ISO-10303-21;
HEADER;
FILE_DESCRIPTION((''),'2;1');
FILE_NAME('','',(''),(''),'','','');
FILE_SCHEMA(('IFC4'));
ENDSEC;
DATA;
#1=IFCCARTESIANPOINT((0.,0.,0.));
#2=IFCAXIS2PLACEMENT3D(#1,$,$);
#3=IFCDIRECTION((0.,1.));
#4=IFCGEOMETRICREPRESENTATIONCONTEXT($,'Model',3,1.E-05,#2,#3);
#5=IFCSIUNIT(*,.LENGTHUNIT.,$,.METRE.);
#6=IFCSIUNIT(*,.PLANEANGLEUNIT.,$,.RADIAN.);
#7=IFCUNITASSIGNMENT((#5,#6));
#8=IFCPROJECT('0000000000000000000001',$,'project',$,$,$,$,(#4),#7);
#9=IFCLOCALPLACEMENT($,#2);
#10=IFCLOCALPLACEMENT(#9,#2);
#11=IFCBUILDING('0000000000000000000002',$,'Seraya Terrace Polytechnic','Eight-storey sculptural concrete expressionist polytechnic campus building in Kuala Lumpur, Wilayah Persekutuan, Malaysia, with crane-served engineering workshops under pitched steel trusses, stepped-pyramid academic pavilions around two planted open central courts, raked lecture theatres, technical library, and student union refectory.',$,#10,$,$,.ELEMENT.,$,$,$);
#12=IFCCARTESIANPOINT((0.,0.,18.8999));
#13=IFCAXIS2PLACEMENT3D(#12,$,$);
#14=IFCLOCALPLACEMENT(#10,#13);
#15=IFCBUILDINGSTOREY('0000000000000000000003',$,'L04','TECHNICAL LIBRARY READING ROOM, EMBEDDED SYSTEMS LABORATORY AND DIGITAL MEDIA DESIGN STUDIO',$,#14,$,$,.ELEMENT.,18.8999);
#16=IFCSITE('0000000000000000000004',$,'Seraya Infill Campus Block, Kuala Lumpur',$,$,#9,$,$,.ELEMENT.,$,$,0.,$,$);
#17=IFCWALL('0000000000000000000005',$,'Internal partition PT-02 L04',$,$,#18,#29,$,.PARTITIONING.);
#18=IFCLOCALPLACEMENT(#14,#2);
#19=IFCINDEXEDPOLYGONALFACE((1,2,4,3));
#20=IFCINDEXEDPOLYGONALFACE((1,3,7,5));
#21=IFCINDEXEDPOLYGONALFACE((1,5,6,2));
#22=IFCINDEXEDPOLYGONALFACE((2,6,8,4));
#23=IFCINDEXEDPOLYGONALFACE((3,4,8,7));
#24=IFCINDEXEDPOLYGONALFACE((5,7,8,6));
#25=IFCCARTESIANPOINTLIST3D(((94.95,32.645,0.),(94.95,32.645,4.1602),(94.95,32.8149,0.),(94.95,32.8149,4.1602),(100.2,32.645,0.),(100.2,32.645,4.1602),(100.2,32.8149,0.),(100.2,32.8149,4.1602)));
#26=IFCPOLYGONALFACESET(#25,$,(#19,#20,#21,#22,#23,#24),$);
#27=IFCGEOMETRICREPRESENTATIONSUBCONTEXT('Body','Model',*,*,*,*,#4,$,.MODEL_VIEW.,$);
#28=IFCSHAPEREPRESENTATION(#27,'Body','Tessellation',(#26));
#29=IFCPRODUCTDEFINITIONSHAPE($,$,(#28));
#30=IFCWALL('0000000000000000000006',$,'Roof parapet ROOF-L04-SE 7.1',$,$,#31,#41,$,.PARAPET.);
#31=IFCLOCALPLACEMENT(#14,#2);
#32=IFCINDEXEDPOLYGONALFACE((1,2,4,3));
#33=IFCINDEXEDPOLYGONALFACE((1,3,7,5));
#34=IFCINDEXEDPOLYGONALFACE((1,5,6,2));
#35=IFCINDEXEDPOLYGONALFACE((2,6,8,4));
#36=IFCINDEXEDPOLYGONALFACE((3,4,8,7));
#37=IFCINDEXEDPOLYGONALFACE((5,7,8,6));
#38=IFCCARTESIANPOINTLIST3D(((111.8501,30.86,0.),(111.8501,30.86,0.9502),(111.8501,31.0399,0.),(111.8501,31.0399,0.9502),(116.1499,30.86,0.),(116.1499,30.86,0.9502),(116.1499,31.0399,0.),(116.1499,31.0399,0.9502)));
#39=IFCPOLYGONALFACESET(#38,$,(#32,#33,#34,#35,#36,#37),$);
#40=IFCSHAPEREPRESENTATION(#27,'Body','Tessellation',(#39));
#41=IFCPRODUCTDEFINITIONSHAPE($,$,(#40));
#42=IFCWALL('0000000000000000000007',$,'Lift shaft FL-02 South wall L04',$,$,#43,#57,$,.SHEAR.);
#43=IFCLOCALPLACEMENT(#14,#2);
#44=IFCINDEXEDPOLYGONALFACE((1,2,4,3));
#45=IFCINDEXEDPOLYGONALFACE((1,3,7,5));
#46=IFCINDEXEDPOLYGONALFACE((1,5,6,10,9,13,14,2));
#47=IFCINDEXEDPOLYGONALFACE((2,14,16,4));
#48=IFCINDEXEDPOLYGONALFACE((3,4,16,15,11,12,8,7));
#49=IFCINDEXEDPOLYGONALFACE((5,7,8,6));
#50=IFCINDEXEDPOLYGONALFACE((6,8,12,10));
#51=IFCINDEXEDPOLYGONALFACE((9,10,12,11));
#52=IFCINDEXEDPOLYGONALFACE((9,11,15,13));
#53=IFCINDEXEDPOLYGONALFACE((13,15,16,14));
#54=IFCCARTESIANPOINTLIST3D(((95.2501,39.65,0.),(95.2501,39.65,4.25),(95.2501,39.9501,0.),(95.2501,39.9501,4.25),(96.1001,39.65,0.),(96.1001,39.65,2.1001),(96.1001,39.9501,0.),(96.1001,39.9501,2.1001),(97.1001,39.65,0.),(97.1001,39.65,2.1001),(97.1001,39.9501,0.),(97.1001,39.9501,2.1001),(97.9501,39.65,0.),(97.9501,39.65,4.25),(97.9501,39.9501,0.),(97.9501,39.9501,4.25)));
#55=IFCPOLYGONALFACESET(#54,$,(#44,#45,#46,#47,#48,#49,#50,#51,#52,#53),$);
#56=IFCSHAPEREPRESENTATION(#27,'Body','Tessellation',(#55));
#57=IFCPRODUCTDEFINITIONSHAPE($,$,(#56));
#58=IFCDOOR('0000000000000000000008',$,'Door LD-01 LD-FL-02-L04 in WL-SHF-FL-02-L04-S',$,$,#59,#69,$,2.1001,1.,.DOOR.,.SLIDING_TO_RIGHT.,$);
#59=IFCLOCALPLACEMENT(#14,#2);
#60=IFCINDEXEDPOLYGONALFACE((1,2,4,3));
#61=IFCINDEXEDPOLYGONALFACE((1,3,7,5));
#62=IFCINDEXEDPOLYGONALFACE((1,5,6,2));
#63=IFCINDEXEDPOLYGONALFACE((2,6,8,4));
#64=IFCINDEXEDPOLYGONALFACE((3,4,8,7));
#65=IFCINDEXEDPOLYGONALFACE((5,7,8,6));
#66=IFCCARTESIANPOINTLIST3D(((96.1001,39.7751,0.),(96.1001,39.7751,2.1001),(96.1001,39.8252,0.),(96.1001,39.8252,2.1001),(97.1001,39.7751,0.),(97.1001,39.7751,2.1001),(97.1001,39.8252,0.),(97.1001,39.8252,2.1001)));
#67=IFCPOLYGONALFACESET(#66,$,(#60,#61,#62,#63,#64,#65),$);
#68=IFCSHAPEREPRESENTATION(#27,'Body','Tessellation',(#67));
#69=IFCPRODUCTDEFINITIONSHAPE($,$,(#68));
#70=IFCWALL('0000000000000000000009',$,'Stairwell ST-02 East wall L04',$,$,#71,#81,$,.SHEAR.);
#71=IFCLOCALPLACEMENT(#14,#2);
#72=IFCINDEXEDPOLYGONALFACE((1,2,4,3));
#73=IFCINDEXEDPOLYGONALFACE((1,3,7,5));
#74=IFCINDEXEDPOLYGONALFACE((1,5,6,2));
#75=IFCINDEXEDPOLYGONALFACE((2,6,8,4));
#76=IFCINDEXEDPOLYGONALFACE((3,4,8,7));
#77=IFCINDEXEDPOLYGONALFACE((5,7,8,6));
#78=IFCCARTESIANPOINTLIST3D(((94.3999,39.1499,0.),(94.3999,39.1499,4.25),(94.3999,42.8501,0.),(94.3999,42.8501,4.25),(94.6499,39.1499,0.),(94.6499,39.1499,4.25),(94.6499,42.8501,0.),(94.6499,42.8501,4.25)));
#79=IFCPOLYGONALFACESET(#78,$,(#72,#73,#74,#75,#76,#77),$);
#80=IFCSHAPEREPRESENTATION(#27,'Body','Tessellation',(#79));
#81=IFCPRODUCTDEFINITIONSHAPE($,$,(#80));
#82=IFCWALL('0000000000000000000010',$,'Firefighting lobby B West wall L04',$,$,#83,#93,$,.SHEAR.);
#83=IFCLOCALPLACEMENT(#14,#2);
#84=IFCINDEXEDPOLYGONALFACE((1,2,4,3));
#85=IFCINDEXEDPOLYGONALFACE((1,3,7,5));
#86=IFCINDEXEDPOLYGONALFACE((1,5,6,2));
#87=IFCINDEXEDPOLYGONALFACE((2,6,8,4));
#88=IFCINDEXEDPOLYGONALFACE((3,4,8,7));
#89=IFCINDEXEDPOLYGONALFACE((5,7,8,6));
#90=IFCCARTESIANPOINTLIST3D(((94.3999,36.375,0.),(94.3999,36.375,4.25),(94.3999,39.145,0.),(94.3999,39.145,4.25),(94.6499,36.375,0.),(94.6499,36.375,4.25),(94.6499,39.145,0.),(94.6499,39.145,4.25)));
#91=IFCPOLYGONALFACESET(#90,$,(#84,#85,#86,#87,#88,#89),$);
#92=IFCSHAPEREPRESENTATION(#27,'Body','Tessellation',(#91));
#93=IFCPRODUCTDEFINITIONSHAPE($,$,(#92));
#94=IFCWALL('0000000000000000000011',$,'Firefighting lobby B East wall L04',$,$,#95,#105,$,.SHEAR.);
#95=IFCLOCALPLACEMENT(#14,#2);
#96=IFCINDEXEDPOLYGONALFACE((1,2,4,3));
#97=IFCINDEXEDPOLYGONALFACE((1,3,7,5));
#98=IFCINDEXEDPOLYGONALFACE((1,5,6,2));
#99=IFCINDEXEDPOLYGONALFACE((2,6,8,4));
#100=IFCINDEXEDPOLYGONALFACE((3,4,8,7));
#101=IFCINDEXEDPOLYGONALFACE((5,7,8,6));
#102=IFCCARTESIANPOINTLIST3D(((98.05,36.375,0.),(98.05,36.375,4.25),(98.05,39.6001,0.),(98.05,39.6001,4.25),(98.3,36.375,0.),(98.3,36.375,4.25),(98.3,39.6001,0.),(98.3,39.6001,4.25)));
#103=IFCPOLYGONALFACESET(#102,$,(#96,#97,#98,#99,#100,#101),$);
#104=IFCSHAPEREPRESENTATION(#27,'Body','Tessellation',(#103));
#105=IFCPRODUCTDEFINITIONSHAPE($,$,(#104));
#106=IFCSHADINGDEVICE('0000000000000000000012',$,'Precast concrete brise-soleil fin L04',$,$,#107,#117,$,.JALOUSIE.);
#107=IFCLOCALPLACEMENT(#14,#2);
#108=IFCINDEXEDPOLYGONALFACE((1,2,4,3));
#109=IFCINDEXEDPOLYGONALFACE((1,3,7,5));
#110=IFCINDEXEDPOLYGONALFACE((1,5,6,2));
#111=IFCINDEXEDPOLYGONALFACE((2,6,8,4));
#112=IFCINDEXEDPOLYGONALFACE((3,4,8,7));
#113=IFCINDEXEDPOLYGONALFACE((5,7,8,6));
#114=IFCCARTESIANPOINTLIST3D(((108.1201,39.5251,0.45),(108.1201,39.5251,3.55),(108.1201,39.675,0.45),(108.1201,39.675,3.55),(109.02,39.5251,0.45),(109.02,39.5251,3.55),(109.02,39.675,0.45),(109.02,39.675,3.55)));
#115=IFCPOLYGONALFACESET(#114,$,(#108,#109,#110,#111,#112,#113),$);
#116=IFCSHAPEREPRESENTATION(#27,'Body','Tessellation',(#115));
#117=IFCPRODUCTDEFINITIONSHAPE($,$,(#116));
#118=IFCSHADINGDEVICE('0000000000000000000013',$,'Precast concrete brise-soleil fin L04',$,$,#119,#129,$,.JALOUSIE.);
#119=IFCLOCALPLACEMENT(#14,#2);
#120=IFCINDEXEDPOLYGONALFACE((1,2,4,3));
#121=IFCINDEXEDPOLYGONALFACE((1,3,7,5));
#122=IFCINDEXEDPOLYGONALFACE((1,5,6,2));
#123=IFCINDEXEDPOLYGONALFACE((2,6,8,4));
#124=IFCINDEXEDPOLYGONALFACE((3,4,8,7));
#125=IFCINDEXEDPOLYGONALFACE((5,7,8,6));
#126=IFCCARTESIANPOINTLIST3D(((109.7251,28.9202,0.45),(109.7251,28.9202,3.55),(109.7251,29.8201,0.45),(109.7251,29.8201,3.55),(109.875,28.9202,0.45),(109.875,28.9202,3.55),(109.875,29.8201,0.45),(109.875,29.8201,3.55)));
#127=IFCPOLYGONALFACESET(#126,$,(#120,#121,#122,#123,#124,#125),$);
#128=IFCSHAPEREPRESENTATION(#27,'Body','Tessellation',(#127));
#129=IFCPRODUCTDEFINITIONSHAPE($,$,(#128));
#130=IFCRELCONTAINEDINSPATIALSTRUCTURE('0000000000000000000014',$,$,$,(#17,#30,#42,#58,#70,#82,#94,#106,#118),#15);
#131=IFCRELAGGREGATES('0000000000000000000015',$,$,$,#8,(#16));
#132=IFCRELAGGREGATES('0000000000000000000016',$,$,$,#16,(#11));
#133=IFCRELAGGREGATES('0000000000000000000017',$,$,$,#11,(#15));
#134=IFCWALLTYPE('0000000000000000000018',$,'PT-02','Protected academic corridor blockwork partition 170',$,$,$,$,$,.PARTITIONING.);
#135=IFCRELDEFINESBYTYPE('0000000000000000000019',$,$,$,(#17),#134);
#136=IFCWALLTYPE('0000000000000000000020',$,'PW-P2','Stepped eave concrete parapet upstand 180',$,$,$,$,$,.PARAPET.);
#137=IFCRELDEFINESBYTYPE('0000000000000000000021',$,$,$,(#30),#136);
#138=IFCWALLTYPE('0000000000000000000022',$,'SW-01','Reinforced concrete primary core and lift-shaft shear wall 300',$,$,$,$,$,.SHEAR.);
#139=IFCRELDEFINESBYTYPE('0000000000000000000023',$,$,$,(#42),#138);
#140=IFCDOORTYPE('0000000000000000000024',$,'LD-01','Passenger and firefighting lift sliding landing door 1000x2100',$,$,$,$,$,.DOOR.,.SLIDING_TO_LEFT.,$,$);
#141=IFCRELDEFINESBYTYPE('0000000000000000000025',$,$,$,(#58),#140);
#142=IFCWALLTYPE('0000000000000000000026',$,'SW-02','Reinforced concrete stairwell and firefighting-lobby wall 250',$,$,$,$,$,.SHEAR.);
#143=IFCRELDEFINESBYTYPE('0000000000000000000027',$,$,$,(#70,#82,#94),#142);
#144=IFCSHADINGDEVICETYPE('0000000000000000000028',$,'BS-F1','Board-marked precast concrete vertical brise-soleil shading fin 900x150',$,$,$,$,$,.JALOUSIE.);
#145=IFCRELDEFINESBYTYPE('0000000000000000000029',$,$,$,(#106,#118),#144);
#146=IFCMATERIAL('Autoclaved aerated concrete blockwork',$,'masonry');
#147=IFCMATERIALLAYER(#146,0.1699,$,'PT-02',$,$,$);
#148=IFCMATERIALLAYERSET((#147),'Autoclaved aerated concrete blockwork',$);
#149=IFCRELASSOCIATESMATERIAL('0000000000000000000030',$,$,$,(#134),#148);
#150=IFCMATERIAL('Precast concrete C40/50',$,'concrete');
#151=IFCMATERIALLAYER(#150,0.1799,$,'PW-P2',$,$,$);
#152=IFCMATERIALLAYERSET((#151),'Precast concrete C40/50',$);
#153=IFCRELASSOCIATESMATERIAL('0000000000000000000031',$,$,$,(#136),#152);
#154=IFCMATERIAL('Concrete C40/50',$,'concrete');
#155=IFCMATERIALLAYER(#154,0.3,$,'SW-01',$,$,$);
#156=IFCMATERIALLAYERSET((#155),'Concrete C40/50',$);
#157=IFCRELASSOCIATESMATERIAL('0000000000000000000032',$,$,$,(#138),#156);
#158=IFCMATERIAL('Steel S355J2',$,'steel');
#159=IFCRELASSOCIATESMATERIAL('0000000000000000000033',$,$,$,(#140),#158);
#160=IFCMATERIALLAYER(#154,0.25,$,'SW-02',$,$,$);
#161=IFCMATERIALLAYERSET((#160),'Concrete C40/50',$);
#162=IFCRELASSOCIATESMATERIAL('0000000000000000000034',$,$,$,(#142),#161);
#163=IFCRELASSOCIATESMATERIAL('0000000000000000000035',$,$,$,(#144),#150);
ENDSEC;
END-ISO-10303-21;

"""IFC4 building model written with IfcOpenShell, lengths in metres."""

from ifc_helpers import new_model, si_unit, direction, frame, frame_2d, origin, origin_2d, place, context, subcontext, project, spatial, rectangle, extrude, material, layer, layer_set, type_object, element, fill, save


model = new_model("IFC4")

# Units and contexts
model_context = context("Model", 3, precision=1e-05, world=origin(), true_north=direction((0.0, 1.0)))
body_context = subcontext(model_context, "Body", "Model", "MODEL_VIEW")
ifc_project = project(units=[si_unit("LENGTHUNIT", "METRE"), si_unit("PLANEANGLEUNIT", "RADIAN")], contexts=[model_context])

# Site, building, storey
site_placement = place(None, origin())
site = spatial("IfcSite", under=ifc_project, at=site_placement, Name="Seraya Infill Campus Block, Kuala Lumpur", CompositionType="ELEMENT", RefElevation=0.0)
building_placement = place(site_placement, origin())
building = spatial("IfcBuilding", under=site, at=building_placement, Name="Seraya Terrace Polytechnic", Description="Eight-storey sculptural concrete expressionist polytechnic campus building in Kuala Lumpur, Wilayah Persekutuan, Malaysia, with crane-served engineering workshops under pitched steel trusses, stepped-pyramid academic pavilions around two planted open central courts, raked lecture theatres, technical library, and student union refectory.", CompositionType="ELEMENT")
storey_placement = place(building_placement, frame((0.0, 0.0, 18.8999)))
storey = spatial("IfcBuildingStorey", under=building, at=storey_placement, Name="L04", Description="TECHNICAL LIBRARY READING ROOM, EMBEDDED SYSTEMS LABORATORY AND DIGITAL MEDIA DESIGN STUDIO", CompositionType="ELEMENT", Elevation=18.8999)

# Shared definitions
ifc_material_1 = material(Name="Concrete C40/50", Category="concrete")

# Shared definitions
ifc_material_2 = material(Name="Precast concrete C40/50", Category="concrete")

# Walls
ifc_material_3 = material(Name="Autoclaved aerated concrete blockwork", Category="masonry")
ifc_layer_1 = layer(ifc_material_3, 0.1699, Name="PT-02")
ifc_layer_set_1 = layer_set([ifc_layer_1], Name="Autoclaved aerated concrete blockwork")
wall_type_1 = type_object("IfcWallType", Name="PT-02", Description="Protected academic corridor blockwork partition 170", PredefinedType="PARTITIONING", material=ifc_layer_set_1)
wall_1_placement = place(storey_placement, frame((94.95, 32.73, 0.0), z_axis=(0.0, 0.0, 1.0), x_axis=(1.0, 0.0, 0.0)))
element("IfcWall", 1, at=wall_1_placement, inside=storey, type_object=wall_type_1, Name="Internal partition PT-02 L04", PredefinedType="PARTITIONING", context=body_context, shape_type="SweptSolid", body=[
    extrude(rectangle(XDim=5.25, YDim=0.1699, at=frame_2d((2.625, 0.0))), origin(), (0.0, 0.0, 1.0), 4.1602),
])
ifc_layer_2 = layer(ifc_material_2, 0.1799, Name="PW-P2")
ifc_layer_set_2 = layer_set([ifc_layer_2], Name="Precast concrete C40/50")
wall_type_2 = type_object("IfcWallType", Name="PW-P2", Description="Stepped eave concrete parapet upstand 180", PredefinedType="PARAPET", material=ifc_layer_set_2)
wall_2_placement = place(storey_placement, frame((111.8501, 30.95, 0.0), z_axis=(0.0, 0.0, 1.0), x_axis=(1.0, 0.0, 0.0)))
element("IfcWall", 2, at=wall_2_placement, inside=storey, type_object=wall_type_2, Name="Roof parapet ROOF-L04-SE 7.1", PredefinedType="PARAPET", context=body_context, shape_type="SweptSolid", body=[
    extrude(rectangle(XDim=4.2998, YDim=0.1799, at=frame_2d((2.1499, 0.0))), origin(), (0.0, 0.0, 1.0), 0.9502),
])

# Wall, opening, door
ifc_layer_3 = layer(ifc_material_1, 0.3, Name="SW-01")
ifc_layer_set_3 = layer_set([ifc_layer_3], Name="Concrete C40/50")
wall_type_3 = type_object("IfcWallType", Name="SW-01", Description="Reinforced concrete primary core and lift-shaft shear wall 300", PredefinedType="SHEAR", material=ifc_layer_set_3)
wall_3_placement = place(storey_placement, frame((95.25, 39.8, 0.0), z_axis=(0.0, 0.0, 1.0), x_axis=(1.0, 0.0, 0.0)))
wall_3 = element("IfcWall", 3, at=wall_3_placement, inside=storey, type_object=wall_type_3, Name="Lift shaft FL-02 South wall L04", PredefinedType="SHEAR", context=body_context, shape_type="SweptSolid", body=[
    extrude(rectangle(XDim=2.7, YDim=0.3, at=frame_2d((1.3501, 0.0))), origin(), (0.0, 0.0, 1.0), 4.25),
])
opening_1_placement = place(wall_3_placement, frame((0.8501, 0.0, 0.0)))
opening_1 = element("IfcOpeningElement", 4, at=opening_1_placement, cuts=wall_3, PredefinedType="OPENING", context=body_context, shape_type="SweptSolid", body=[
    extrude(rectangle(XDim=1.0, YDim=2.1001, at=frame_2d((0.5, 1.05))), frame((0.0, 0.1621, 0.0), z_axis=(0.0, -1.0, 0.0), x_axis=(1.0, 0.0, 0.0)), (0.0, 0.0, 1.0), 0.324),
])
ifc_material_4 = material(Name="Steel S355J2", Category="steel")
door_type_1 = type_object("IfcDoorType", Name="LD-01", Description="Passenger and firefighting lift sliding landing door 1000x2100", OperationType="SLIDING_TO_LEFT", PredefinedType="DOOR", material=ifc_material_4)
door_1_placement = place(opening_1_placement, frame((1.0, 0.0, 0.0), z_axis=(0.0, 0.0, 1.0), x_axis=(-1.0, 0.0, 0.0)))
door_1 = element("IfcDoor", 5, at=door_1_placement, inside=storey, type_object=door_type_1, Name="Door LD-01 LD-FL-02-L04 in WL-SHF-FL-02-L04-S", OperationType="SLIDING_TO_RIGHT", OverallHeight=2.1001, OverallWidth=1.0, PredefinedType="DOOR", context=body_context, shape_type="SweptSolid", body=[
    extrude(rectangle(XDim=1.0, YDim=2.1001, at=frame_2d((0.5, 1.05))), frame((0.0, 0.0249, 0.0), z_axis=(0.0, -1.0, 0.0), x_axis=(1.0, 0.0, 0.0)), (0.0, 0.0, 1.0), 0.05),
])
fill(opening_1, door_1)

# Wall
ifc_layer_4 = layer(ifc_material_1, 0.25, Name="SW-02")
ifc_layer_set_4 = layer_set([ifc_layer_4], Name="Concrete C40/50")
wall_type_4 = type_object("IfcWallType", Name="SW-02", Description="Reinforced concrete stairwell and firefighting-lobby wall 250", PredefinedType="SHEAR", material=ifc_layer_set_4)
wall_4_placement = place(storey_placement, frame((94.5249, 39.1499, 0.0), z_axis=(0.0, 0.0, 1.0), x_axis=(0.0, 1.0, 0.0)))
element("IfcWall", 6, at=wall_4_placement, inside=storey, type_object=wall_type_4, Name="Stairwell ST-02 East wall L04", PredefinedType="SHEAR", context=body_context, shape_type="SweptSolid", body=[
    extrude(rectangle(XDim=3.7002, YDim=0.25, at=frame_2d((1.8501, 0.0))), origin(), (0.0, 0.0, 1.0), 4.25),
])

# Walls
wall_5_placement = place(storey_placement, frame((94.5249, 36.375, 0.0), z_axis=(0.0, 0.0, 1.0), x_axis=(0.0, 1.0, 0.0)))
element("IfcWall", 7, at=wall_5_placement, inside=storey, type_object=wall_type_4, Name="Firefighting lobby B West wall L04", PredefinedType="SHEAR", context=body_context, shape_type="SweptSolid", body=[
    extrude(rectangle(XDim=2.77, YDim=0.25, at=frame_2d((1.385, 0.0))), origin(), (0.0, 0.0, 1.0), 4.25),
])
wall_6_placement = place(storey_placement, frame((98.175, 36.375, 0.0), z_axis=(0.0, 0.0, 1.0), x_axis=(0.0, 1.0, 0.0)))
element("IfcWall", 8, at=wall_6_placement, inside=storey, type_object=wall_type_4, Name="Firefighting lobby B East wall L04", PredefinedType="SHEAR", context=body_context, shape_type="SweptSolid", body=[
    extrude(rectangle(XDim=3.2251, YDim=0.25, at=frame_2d((1.6125, 0.0))), origin(), (0.0, 0.0, 1.0), 4.25),
])

# Shading devices
shading_device_type = type_object("IfcShadingDeviceType", Name="BS-F1", Description="Board-marked precast concrete vertical brise-soleil shading fin 900x150", PredefinedType="JALOUSIE", material=ifc_material_2)
for number, where, z_axis, x_axis, name in (
    (9, (108.5701, 39.6001, 0.45), (0.0, 0.0, 1.0), (1.0, 0.0, 0.0), "Precast concrete brise-soleil fin L04"),
    (10, (109.8, 29.3701, 0.45), (0.0, 0.0, 1.0), (0.0, 1.0, 0.0), "Precast concrete brise-soleil fin L04"),
):
    element("IfcShadingDevice", number, at=place(storey_placement, frame(where, z_axis=z_axis, x_axis=x_axis)), inside=storey, type_object=shading_device_type, Name=name, PredefinedType="JALOUSIE", context=body_context, shape_type="SweptSolid", body=[
        extrude(rectangle(XDim=0.8999, YDim=0.1499, at=origin_2d()), origin(), (0.0, 0.0, 1.0), 3.1001),
    ])

save(model, "model.ifc")
